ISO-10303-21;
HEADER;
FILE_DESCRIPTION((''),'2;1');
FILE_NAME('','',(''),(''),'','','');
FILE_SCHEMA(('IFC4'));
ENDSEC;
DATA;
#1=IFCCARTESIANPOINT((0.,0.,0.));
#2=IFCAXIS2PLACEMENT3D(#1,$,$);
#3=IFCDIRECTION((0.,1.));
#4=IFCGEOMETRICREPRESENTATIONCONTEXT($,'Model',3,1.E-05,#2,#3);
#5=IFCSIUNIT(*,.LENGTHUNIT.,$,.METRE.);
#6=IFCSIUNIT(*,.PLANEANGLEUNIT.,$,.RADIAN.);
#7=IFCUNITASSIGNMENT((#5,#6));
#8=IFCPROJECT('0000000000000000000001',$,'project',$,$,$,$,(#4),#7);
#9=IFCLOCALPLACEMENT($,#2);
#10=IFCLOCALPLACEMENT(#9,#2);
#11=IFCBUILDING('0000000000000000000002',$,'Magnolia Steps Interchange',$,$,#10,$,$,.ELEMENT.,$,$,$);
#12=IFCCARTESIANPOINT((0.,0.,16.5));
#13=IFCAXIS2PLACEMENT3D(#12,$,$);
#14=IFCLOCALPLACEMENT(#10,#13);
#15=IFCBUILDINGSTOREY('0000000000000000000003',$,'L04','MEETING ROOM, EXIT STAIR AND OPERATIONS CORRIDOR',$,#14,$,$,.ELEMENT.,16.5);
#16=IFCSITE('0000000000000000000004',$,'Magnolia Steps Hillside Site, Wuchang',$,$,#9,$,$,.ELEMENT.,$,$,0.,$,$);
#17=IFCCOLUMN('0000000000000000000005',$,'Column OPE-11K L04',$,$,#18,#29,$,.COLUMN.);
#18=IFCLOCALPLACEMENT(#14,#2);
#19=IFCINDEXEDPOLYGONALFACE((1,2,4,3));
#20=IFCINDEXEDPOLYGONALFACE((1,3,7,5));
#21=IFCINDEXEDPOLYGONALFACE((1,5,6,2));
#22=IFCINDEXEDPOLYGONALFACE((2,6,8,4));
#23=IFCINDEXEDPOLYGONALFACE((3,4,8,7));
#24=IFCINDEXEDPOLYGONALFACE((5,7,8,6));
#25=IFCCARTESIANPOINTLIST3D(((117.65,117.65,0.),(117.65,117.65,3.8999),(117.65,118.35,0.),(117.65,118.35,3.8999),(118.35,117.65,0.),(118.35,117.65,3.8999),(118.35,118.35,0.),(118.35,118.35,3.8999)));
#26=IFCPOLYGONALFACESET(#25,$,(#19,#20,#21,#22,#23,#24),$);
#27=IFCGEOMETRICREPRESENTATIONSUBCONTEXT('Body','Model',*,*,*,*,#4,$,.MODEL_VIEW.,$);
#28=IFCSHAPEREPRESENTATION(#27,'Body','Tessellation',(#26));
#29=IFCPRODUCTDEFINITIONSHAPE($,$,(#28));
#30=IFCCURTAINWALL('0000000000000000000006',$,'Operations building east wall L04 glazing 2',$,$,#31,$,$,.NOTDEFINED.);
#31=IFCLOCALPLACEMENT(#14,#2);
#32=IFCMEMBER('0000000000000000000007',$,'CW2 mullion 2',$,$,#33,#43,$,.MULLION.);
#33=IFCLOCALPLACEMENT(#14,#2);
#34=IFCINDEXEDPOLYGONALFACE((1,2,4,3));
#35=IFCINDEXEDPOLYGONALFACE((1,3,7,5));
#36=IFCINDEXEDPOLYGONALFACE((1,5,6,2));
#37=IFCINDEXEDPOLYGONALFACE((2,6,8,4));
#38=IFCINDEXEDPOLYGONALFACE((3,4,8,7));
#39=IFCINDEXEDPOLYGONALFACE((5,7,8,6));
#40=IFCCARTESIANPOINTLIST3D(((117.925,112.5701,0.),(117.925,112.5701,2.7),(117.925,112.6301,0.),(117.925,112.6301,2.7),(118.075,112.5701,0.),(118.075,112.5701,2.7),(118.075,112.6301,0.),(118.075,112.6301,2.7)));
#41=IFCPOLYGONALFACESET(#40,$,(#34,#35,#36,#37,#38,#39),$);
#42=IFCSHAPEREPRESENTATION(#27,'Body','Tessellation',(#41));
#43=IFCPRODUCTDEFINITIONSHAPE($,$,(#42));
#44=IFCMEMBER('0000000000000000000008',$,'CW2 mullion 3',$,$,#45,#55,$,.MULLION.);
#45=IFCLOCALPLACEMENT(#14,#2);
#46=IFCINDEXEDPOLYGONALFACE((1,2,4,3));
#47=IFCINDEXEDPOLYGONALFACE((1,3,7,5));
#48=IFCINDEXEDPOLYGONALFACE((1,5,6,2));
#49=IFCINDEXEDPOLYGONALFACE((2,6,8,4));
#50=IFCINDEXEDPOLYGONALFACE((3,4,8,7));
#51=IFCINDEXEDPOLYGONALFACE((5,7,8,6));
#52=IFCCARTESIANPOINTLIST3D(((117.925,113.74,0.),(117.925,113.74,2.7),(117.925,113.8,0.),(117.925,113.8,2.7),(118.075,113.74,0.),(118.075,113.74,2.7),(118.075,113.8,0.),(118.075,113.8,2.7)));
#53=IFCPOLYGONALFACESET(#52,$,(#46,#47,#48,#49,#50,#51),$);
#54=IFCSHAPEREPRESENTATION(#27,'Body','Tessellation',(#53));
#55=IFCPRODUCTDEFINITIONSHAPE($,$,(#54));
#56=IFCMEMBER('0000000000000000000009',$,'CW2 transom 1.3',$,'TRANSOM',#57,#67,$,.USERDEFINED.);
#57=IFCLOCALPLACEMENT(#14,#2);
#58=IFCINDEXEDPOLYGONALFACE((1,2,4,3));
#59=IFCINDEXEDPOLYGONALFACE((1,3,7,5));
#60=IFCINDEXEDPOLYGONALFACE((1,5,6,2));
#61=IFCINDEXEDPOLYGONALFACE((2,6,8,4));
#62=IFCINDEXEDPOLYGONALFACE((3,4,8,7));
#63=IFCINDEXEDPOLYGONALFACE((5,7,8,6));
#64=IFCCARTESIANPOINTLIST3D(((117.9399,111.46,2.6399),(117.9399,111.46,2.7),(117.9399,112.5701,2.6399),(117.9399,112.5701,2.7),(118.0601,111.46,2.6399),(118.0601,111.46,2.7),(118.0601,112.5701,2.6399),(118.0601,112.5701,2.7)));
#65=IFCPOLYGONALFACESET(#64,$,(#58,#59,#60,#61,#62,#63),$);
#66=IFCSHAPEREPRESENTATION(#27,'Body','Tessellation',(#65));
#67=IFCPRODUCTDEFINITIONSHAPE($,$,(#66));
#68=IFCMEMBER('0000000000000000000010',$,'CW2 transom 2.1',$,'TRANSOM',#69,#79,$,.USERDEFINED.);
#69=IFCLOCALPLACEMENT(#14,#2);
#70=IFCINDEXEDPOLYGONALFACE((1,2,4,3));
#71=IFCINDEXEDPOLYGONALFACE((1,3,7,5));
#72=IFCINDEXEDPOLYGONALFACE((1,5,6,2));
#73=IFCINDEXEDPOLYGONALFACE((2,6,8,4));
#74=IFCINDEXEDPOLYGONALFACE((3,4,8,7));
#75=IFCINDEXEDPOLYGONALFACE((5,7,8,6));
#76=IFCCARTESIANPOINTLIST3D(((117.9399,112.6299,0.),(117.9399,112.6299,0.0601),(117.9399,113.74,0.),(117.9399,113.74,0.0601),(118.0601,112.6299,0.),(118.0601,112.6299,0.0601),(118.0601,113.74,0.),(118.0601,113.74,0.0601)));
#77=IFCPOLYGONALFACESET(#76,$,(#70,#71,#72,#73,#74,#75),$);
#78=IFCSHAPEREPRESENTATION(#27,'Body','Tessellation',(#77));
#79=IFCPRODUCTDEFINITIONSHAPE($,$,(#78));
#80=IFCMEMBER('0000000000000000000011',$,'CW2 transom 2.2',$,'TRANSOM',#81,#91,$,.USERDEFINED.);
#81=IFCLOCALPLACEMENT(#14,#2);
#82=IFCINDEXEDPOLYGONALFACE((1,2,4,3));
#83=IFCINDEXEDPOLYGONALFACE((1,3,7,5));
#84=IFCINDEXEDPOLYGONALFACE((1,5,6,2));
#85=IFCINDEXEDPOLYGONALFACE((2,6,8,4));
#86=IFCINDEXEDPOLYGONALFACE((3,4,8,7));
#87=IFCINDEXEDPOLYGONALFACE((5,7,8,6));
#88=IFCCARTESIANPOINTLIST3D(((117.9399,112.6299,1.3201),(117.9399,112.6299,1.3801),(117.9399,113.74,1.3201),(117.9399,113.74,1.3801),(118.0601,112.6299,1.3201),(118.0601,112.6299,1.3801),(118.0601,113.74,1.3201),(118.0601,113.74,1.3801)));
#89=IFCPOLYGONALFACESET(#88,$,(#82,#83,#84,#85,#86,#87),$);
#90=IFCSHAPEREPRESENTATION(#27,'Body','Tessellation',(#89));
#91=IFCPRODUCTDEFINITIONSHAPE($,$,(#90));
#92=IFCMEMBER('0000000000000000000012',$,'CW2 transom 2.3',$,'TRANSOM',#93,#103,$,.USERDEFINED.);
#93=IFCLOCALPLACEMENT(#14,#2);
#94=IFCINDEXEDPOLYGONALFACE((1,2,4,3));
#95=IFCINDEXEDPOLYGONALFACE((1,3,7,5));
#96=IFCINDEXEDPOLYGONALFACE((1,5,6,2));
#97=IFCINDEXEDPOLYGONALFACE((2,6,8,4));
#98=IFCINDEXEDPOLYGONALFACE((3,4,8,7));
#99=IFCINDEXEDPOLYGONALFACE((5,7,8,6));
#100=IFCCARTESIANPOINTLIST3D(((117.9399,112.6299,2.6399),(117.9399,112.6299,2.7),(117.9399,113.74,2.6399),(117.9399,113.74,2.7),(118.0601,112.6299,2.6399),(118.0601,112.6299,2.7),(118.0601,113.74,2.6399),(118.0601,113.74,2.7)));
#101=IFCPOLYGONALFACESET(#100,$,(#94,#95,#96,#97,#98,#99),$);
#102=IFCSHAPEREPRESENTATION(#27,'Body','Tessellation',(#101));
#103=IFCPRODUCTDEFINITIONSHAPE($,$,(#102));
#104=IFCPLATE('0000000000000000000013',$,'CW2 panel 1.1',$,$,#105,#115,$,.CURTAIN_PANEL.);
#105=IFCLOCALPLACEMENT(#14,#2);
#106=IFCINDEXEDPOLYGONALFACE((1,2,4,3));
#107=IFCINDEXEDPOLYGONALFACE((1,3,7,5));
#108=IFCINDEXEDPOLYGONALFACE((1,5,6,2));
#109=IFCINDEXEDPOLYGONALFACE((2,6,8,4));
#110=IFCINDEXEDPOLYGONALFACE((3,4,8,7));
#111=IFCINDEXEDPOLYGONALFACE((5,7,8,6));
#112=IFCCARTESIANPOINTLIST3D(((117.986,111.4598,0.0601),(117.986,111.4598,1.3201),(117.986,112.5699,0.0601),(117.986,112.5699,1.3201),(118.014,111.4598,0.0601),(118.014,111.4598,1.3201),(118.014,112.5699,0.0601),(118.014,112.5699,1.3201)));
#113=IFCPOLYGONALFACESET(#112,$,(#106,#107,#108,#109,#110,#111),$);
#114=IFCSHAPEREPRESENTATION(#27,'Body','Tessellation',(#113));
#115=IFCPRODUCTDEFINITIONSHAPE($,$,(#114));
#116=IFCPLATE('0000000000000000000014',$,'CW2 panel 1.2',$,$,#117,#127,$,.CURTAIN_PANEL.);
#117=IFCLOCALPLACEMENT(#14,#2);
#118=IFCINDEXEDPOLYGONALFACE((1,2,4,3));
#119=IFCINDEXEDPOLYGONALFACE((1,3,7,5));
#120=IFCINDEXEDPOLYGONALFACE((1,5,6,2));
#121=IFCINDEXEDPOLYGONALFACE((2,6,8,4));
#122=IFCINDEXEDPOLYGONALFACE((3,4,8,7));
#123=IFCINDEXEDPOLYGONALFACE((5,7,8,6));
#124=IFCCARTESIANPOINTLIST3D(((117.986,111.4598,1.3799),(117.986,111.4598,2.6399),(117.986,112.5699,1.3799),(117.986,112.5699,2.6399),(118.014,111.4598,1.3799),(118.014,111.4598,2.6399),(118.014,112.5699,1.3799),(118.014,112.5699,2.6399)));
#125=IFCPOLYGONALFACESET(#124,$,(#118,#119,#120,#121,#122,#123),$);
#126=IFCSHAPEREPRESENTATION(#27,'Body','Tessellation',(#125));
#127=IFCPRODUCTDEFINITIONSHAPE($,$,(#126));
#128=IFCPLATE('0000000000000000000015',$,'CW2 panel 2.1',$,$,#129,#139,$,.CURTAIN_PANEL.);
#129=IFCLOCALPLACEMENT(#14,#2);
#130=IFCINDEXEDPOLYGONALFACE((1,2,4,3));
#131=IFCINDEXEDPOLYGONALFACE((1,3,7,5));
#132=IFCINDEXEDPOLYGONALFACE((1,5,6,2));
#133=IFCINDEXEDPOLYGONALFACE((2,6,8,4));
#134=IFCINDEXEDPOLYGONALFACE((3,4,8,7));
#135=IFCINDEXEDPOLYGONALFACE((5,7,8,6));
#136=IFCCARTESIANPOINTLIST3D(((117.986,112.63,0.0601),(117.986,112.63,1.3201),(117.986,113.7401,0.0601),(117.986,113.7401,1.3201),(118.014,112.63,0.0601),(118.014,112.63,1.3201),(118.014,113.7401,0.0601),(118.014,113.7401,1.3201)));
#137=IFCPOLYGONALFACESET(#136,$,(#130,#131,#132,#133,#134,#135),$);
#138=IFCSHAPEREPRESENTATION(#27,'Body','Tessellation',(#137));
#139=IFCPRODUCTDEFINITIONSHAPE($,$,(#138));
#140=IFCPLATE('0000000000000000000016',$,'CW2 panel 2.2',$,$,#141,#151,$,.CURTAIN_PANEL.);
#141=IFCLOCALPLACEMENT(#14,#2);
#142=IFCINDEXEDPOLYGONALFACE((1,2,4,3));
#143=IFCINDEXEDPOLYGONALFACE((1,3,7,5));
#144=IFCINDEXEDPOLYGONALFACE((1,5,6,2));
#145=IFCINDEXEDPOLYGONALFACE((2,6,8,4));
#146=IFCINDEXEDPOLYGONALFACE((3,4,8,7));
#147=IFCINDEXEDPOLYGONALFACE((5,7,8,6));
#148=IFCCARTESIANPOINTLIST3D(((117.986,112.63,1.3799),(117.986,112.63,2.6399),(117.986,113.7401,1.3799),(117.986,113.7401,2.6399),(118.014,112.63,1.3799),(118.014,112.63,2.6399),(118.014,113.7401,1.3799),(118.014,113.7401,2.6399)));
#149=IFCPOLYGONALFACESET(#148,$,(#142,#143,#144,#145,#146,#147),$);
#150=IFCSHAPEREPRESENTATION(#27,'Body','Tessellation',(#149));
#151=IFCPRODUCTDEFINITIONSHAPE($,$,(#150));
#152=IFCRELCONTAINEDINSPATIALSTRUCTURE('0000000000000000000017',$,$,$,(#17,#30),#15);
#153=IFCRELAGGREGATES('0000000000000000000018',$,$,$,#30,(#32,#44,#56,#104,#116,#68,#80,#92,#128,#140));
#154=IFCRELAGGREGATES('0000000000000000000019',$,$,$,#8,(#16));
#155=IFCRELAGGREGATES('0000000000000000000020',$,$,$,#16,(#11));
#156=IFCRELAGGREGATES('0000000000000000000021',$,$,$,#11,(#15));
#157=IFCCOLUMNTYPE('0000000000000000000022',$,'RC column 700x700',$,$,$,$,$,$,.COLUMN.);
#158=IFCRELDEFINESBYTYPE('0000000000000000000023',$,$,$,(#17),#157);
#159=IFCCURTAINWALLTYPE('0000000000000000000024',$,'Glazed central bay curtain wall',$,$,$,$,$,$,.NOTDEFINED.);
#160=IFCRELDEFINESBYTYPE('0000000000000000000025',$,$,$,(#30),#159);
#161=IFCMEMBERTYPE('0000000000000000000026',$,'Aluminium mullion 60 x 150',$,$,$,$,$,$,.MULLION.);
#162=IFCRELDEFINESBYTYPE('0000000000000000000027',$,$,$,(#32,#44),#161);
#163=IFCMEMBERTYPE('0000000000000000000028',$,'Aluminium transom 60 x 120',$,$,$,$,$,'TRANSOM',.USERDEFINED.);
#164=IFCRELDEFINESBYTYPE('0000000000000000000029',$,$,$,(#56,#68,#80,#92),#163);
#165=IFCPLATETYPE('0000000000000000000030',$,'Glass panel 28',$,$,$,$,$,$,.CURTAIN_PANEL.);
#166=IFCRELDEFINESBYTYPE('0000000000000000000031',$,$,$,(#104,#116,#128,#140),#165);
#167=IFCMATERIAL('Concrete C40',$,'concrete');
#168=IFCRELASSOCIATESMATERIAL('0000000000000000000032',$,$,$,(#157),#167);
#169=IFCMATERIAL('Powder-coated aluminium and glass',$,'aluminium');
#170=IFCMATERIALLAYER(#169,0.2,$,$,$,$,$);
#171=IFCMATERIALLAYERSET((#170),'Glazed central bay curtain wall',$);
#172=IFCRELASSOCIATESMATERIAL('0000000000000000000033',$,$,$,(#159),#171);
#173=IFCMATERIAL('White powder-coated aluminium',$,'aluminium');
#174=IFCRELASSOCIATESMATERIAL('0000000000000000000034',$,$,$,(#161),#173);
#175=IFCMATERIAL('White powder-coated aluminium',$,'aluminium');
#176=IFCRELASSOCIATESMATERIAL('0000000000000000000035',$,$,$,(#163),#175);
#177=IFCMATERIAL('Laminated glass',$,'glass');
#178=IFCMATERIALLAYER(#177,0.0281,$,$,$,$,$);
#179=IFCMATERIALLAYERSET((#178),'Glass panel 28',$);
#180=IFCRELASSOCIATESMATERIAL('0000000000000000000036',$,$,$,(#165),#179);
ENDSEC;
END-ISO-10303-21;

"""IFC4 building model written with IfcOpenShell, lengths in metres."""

from ifc_helpers import new_model, si_unit, direction, frame, origin, origin_2d, place, context, subcontext, project, spatial, rectangle, extrude, material, layer, layer_set, material_profile, profile_set, type_object, element, aggregate, save


model = new_model("IFC4")

# Units and contexts
model_context = context("Model", 3, precision=1e-05, world=origin(), true_north=direction((0.0, 1.0)))
body_context = subcontext(model_context, "Body", "Model", "MODEL_VIEW")
ifc_project = project(units=[si_unit("LENGTHUNIT", "METRE"), si_unit("PLANEANGLEUNIT", "RADIAN")], contexts=[model_context])

# Site, building, storey
site_placement = place(None, origin())
site = spatial("IfcSite", under=ifc_project, at=site_placement, Name="Magnolia Steps Hillside Site, Wuchang", CompositionType="ELEMENT", RefElevation=0.0)
building_placement = place(site_placement, origin())
building = spatial("IfcBuilding", under=site, at=building_placement, Name="Magnolia Steps Interchange", CompositionType="ELEMENT")
storey_placement = place(building_placement, frame((0.0, 0.0, 16.5)))
storey = spatial("IfcBuildingStorey", under=building, at=storey_placement, Name="L04", Description="MEETING ROOM, EXIT STAIR AND OPERATIONS CORRIDOR", CompositionType="ELEMENT", Elevation=16.5)

# Column
ifc_material_1 = material(Name="Concrete C40", Category="concrete")
ifc_material_profile_1 = material_profile(ifc_material_1, rectangle(XDim=0.7, YDim=0.7, at=origin_2d()), Name="RC700x700")
ifc_profile_set_1 = profile_set([ifc_material_profile_1], Name="Concrete C40")
column_type = type_object("IfcColumnType", Name="RC column 700x700", PredefinedType="COLUMN", material=ifc_profile_set_1)
column_placement = place(storey_placement, frame((118.0, 118.0, 0.0), z_axis=(0.0, 0.0, 1.0), x_axis=(1.0, 0.0, 0.0)))
element("IfcColumn", 1, at=column_placement, inside=storey, type_object=column_type, Name="Column OPE-11K L04", PredefinedType="COLUMN", context=body_context, shape_type="SweptSolid", body=[
    extrude(rectangle(XDim=0.7, YDim=0.7, at=origin_2d()), origin(), (0.0, 0.0, 1.0), 3.8999),
])

# Curtain wall, members, plates
ifc_material_2 = material(Name="Powder-coated aluminium and glass", Category="aluminium")
ifc_layer_1 = layer(ifc_material_2, 0.2)
ifc_layer_set_1 = layer_set([ifc_layer_1], Name="Glazed central bay curtain wall")
curtain_wall_type = type_object("IfcCurtainWallType", Name="Glazed central bay curtain wall", PredefinedType="NOTDEFINED", material=ifc_layer_set_1)
curtain_wall_placement = place(storey_placement, origin())
curtain_wall = element("IfcCurtainWall", 2, at=curtain_wall_placement, inside=storey, type_object=curtain_wall_type, Name="Operations building east wall L04 glazing 2", PredefinedType="NOTDEFINED")
ifc_material_3 = material(Name="White powder-coated aluminium", Category="aluminium")
ifc_material_profile_2 = material_profile(ifc_material_3, rectangle(XDim=0.0601, YDim=0.1499, at=origin_2d()), Name="Aluminium mullion 60 x 150")
ifc_profile_set_2 = profile_set([ifc_material_profile_2], Name="White powder-coated aluminium")
member_type_1 = type_object("IfcMemberType", Name="Aluminium mullion 60 x 150", PredefinedType="MULLION", material=ifc_profile_set_2)
member_1_placement = place(storey_placement, frame((118.0, 112.6001, 0.0), z_axis=(0.0, 0.0, 1.0), x_axis=(0.0, 1.0, 0.0)))
member_1 = element("IfcMember", 3, at=member_1_placement, type_object=member_type_1, Name="CW2 mullion 2", PredefinedType="MULLION", context=body_context, shape_type="SweptSolid", body=[
    extrude(rectangle(XDim=0.0601, YDim=0.1499, at=origin_2d()), origin(), (0.0, 0.0, 1.0), 2.7),
])
member_2_placement = place(storey_placement, frame((118.0, 113.77, 0.0), z_axis=(0.0, 0.0, 1.0), x_axis=(0.0, 1.0, 0.0)))
member_2 = element("IfcMember", 4, at=member_2_placement, type_object=member_type_1, Name="CW2 mullion 3", PredefinedType="MULLION", context=body_context, shape_type="SweptSolid", body=[
    extrude(rectangle(XDim=0.0601, YDim=0.1499, at=origin_2d()), origin(), (0.0, 0.0, 1.0), 2.7),
])
ifc_material_4 = material(Name="White powder-coated aluminium", Category="aluminium")
ifc_material_profile_3 = material_profile(ifc_material_4, rectangle(XDim=0.0601, YDim=0.1201, at=origin_2d()), Name="Aluminium transom 60 x 120")
ifc_profile_set_3 = profile_set([ifc_material_profile_3], Name="White powder-coated aluminium")
member_type_2 = type_object("IfcMemberType", Name="Aluminium transom 60 x 120", ElementType="TRANSOM", PredefinedType="USERDEFINED", material=ifc_profile_set_3)
member_3_placement = place(storey_placement, frame((118.0, 111.46, 2.6699), z_axis=(0.0, 1.0, 0.0), x_axis=(0.0, 0.0, 1.0)))
member_3 = element("IfcMember", 5, at=member_3_placement, type_object=member_type_2, Name="CW2 transom 1.3", ObjectType="TRANSOM", PredefinedType="USERDEFINED", context=body_context, shape_type="SweptSolid", body=[
    extrude(rectangle(XDim=0.0601, YDim=0.1201, at=origin_2d()), origin(), (0.0, 0.0, 1.0), 1.1101),
])
member_4_placement = place(storey_placement, frame((118.0, 112.6299, 0.03), z_axis=(0.0, 1.0, 0.0), x_axis=(0.0, 0.0, 1.0)))
member_4 = element("IfcMember", 6, at=member_4_placement, type_object=member_type_2, Name="CW2 transom 2.1", ObjectType="TRANSOM", PredefinedType="USERDEFINED", context=body_context, shape_type="SweptSolid", body=[
    extrude(rectangle(XDim=0.0601, YDim=0.1201, at=origin_2d()), origin(), (0.0, 0.0, 1.0), 1.1101),
])
member_5_placement = place(storey_placement, frame((118.0, 112.6299, 1.3501), z_axis=(0.0, 1.0, 0.0), x_axis=(0.0, 0.0, 1.0)))
member_5 = element("IfcMember", 7, at=member_5_placement, type_object=member_type_2, Name="CW2 transom 2.2", ObjectType="TRANSOM", PredefinedType="USERDEFINED", context=body_context, shape_type="SweptSolid", body=[
    extrude(rectangle(XDim=0.0601, YDim=0.1201, at=origin_2d()), origin(), (0.0, 0.0, 1.0), 1.1101),
])
member_6_placement = place(storey_placement, frame((118.0, 112.6299, 2.6699), z_axis=(0.0, 1.0, 0.0), x_axis=(0.0, 0.0, 1.0)))
member_6 = element("IfcMember", 8, at=member_6_placement, type_object=member_type_2, Name="CW2 transom 2.3", ObjectType="TRANSOM", PredefinedType="USERDEFINED", context=body_context, shape_type="SweptSolid", body=[
    extrude(rectangle(XDim=0.0601, YDim=0.1201, at=origin_2d()), origin(), (0.0, 0.0, 1.0), 1.1101),
])
ifc_material_5 = material(Name="Laminated glass", Category="glass")
ifc_layer_2 = layer(ifc_material_5, 0.0281)
ifc_layer_set_2 = layer_set([ifc_layer_2], Name="Glass panel 28")
plate_type = type_object("IfcPlateType", Name="Glass panel 28", PredefinedType="CURTAIN_PANEL", material=ifc_layer_set_2)
plate_1_placement = place(storey_placement, frame((118.0, 112.0149, 0.0601), z_axis=(0.0, 0.0, 1.0), x_axis=(0.0, 1.0, 0.0)))
plate_1 = element("IfcPlate", 9, at=plate_1_placement, type_object=plate_type, Name="CW2 panel 1.1", PredefinedType="CURTAIN_PANEL", context=body_context, shape_type="SweptSolid", body=[
    extrude(rectangle(XDim=1.1101, YDim=0.0281, at=origin_2d()), origin(), (0.0, 0.0, 1.0), 1.26),
])
plate_2_placement = place(storey_placement, frame((118.0, 112.0149, 1.3799), z_axis=(0.0, 0.0, 1.0), x_axis=(0.0, 1.0, 0.0)))
plate_2 = element("IfcPlate", 10, at=plate_2_placement, type_object=plate_type, Name="CW2 panel 1.2", PredefinedType="CURTAIN_PANEL", context=body_context, shape_type="SweptSolid", body=[
    extrude(rectangle(XDim=1.1101, YDim=0.0281, at=origin_2d()), origin(), (0.0, 0.0, 1.0), 1.26),
])
plate_3_placement = place(storey_placement, frame((118.0, 113.1851, 0.0601), z_axis=(0.0, 0.0, 1.0), x_axis=(0.0, 1.0, 0.0)))
plate_3 = element("IfcPlate", 11, at=plate_3_placement, type_object=plate_type, Name="CW2 panel 2.1", PredefinedType="CURTAIN_PANEL", context=body_context, shape_type="SweptSolid", body=[
    extrude(rectangle(XDim=1.1101, YDim=0.0281, at=origin_2d()), origin(), (0.0, 0.0, 1.0), 1.26),
])
plate_4_placement = place(storey_placement, frame((118.0, 113.1851, 1.3799), z_axis=(0.0, 0.0, 1.0), x_axis=(0.0, 1.0, 0.0)))
plate_4 = element("IfcPlate", 12, at=plate_4_placement, type_object=plate_type, Name="CW2 panel 2.2", PredefinedType="CURTAIN_PANEL", context=body_context, shape_type="SweptSolid", body=[
    extrude(rectangle(XDim=1.1101, YDim=0.0281, at=origin_2d()), origin(), (0.0, 0.0, 1.0), 1.26),
])
aggregate(curtain_wall, [member_1, member_2, member_3, plate_1, plate_2, member_4, member_5, member_6, plate_3, plate_4])

save(model, "model.ifc")
